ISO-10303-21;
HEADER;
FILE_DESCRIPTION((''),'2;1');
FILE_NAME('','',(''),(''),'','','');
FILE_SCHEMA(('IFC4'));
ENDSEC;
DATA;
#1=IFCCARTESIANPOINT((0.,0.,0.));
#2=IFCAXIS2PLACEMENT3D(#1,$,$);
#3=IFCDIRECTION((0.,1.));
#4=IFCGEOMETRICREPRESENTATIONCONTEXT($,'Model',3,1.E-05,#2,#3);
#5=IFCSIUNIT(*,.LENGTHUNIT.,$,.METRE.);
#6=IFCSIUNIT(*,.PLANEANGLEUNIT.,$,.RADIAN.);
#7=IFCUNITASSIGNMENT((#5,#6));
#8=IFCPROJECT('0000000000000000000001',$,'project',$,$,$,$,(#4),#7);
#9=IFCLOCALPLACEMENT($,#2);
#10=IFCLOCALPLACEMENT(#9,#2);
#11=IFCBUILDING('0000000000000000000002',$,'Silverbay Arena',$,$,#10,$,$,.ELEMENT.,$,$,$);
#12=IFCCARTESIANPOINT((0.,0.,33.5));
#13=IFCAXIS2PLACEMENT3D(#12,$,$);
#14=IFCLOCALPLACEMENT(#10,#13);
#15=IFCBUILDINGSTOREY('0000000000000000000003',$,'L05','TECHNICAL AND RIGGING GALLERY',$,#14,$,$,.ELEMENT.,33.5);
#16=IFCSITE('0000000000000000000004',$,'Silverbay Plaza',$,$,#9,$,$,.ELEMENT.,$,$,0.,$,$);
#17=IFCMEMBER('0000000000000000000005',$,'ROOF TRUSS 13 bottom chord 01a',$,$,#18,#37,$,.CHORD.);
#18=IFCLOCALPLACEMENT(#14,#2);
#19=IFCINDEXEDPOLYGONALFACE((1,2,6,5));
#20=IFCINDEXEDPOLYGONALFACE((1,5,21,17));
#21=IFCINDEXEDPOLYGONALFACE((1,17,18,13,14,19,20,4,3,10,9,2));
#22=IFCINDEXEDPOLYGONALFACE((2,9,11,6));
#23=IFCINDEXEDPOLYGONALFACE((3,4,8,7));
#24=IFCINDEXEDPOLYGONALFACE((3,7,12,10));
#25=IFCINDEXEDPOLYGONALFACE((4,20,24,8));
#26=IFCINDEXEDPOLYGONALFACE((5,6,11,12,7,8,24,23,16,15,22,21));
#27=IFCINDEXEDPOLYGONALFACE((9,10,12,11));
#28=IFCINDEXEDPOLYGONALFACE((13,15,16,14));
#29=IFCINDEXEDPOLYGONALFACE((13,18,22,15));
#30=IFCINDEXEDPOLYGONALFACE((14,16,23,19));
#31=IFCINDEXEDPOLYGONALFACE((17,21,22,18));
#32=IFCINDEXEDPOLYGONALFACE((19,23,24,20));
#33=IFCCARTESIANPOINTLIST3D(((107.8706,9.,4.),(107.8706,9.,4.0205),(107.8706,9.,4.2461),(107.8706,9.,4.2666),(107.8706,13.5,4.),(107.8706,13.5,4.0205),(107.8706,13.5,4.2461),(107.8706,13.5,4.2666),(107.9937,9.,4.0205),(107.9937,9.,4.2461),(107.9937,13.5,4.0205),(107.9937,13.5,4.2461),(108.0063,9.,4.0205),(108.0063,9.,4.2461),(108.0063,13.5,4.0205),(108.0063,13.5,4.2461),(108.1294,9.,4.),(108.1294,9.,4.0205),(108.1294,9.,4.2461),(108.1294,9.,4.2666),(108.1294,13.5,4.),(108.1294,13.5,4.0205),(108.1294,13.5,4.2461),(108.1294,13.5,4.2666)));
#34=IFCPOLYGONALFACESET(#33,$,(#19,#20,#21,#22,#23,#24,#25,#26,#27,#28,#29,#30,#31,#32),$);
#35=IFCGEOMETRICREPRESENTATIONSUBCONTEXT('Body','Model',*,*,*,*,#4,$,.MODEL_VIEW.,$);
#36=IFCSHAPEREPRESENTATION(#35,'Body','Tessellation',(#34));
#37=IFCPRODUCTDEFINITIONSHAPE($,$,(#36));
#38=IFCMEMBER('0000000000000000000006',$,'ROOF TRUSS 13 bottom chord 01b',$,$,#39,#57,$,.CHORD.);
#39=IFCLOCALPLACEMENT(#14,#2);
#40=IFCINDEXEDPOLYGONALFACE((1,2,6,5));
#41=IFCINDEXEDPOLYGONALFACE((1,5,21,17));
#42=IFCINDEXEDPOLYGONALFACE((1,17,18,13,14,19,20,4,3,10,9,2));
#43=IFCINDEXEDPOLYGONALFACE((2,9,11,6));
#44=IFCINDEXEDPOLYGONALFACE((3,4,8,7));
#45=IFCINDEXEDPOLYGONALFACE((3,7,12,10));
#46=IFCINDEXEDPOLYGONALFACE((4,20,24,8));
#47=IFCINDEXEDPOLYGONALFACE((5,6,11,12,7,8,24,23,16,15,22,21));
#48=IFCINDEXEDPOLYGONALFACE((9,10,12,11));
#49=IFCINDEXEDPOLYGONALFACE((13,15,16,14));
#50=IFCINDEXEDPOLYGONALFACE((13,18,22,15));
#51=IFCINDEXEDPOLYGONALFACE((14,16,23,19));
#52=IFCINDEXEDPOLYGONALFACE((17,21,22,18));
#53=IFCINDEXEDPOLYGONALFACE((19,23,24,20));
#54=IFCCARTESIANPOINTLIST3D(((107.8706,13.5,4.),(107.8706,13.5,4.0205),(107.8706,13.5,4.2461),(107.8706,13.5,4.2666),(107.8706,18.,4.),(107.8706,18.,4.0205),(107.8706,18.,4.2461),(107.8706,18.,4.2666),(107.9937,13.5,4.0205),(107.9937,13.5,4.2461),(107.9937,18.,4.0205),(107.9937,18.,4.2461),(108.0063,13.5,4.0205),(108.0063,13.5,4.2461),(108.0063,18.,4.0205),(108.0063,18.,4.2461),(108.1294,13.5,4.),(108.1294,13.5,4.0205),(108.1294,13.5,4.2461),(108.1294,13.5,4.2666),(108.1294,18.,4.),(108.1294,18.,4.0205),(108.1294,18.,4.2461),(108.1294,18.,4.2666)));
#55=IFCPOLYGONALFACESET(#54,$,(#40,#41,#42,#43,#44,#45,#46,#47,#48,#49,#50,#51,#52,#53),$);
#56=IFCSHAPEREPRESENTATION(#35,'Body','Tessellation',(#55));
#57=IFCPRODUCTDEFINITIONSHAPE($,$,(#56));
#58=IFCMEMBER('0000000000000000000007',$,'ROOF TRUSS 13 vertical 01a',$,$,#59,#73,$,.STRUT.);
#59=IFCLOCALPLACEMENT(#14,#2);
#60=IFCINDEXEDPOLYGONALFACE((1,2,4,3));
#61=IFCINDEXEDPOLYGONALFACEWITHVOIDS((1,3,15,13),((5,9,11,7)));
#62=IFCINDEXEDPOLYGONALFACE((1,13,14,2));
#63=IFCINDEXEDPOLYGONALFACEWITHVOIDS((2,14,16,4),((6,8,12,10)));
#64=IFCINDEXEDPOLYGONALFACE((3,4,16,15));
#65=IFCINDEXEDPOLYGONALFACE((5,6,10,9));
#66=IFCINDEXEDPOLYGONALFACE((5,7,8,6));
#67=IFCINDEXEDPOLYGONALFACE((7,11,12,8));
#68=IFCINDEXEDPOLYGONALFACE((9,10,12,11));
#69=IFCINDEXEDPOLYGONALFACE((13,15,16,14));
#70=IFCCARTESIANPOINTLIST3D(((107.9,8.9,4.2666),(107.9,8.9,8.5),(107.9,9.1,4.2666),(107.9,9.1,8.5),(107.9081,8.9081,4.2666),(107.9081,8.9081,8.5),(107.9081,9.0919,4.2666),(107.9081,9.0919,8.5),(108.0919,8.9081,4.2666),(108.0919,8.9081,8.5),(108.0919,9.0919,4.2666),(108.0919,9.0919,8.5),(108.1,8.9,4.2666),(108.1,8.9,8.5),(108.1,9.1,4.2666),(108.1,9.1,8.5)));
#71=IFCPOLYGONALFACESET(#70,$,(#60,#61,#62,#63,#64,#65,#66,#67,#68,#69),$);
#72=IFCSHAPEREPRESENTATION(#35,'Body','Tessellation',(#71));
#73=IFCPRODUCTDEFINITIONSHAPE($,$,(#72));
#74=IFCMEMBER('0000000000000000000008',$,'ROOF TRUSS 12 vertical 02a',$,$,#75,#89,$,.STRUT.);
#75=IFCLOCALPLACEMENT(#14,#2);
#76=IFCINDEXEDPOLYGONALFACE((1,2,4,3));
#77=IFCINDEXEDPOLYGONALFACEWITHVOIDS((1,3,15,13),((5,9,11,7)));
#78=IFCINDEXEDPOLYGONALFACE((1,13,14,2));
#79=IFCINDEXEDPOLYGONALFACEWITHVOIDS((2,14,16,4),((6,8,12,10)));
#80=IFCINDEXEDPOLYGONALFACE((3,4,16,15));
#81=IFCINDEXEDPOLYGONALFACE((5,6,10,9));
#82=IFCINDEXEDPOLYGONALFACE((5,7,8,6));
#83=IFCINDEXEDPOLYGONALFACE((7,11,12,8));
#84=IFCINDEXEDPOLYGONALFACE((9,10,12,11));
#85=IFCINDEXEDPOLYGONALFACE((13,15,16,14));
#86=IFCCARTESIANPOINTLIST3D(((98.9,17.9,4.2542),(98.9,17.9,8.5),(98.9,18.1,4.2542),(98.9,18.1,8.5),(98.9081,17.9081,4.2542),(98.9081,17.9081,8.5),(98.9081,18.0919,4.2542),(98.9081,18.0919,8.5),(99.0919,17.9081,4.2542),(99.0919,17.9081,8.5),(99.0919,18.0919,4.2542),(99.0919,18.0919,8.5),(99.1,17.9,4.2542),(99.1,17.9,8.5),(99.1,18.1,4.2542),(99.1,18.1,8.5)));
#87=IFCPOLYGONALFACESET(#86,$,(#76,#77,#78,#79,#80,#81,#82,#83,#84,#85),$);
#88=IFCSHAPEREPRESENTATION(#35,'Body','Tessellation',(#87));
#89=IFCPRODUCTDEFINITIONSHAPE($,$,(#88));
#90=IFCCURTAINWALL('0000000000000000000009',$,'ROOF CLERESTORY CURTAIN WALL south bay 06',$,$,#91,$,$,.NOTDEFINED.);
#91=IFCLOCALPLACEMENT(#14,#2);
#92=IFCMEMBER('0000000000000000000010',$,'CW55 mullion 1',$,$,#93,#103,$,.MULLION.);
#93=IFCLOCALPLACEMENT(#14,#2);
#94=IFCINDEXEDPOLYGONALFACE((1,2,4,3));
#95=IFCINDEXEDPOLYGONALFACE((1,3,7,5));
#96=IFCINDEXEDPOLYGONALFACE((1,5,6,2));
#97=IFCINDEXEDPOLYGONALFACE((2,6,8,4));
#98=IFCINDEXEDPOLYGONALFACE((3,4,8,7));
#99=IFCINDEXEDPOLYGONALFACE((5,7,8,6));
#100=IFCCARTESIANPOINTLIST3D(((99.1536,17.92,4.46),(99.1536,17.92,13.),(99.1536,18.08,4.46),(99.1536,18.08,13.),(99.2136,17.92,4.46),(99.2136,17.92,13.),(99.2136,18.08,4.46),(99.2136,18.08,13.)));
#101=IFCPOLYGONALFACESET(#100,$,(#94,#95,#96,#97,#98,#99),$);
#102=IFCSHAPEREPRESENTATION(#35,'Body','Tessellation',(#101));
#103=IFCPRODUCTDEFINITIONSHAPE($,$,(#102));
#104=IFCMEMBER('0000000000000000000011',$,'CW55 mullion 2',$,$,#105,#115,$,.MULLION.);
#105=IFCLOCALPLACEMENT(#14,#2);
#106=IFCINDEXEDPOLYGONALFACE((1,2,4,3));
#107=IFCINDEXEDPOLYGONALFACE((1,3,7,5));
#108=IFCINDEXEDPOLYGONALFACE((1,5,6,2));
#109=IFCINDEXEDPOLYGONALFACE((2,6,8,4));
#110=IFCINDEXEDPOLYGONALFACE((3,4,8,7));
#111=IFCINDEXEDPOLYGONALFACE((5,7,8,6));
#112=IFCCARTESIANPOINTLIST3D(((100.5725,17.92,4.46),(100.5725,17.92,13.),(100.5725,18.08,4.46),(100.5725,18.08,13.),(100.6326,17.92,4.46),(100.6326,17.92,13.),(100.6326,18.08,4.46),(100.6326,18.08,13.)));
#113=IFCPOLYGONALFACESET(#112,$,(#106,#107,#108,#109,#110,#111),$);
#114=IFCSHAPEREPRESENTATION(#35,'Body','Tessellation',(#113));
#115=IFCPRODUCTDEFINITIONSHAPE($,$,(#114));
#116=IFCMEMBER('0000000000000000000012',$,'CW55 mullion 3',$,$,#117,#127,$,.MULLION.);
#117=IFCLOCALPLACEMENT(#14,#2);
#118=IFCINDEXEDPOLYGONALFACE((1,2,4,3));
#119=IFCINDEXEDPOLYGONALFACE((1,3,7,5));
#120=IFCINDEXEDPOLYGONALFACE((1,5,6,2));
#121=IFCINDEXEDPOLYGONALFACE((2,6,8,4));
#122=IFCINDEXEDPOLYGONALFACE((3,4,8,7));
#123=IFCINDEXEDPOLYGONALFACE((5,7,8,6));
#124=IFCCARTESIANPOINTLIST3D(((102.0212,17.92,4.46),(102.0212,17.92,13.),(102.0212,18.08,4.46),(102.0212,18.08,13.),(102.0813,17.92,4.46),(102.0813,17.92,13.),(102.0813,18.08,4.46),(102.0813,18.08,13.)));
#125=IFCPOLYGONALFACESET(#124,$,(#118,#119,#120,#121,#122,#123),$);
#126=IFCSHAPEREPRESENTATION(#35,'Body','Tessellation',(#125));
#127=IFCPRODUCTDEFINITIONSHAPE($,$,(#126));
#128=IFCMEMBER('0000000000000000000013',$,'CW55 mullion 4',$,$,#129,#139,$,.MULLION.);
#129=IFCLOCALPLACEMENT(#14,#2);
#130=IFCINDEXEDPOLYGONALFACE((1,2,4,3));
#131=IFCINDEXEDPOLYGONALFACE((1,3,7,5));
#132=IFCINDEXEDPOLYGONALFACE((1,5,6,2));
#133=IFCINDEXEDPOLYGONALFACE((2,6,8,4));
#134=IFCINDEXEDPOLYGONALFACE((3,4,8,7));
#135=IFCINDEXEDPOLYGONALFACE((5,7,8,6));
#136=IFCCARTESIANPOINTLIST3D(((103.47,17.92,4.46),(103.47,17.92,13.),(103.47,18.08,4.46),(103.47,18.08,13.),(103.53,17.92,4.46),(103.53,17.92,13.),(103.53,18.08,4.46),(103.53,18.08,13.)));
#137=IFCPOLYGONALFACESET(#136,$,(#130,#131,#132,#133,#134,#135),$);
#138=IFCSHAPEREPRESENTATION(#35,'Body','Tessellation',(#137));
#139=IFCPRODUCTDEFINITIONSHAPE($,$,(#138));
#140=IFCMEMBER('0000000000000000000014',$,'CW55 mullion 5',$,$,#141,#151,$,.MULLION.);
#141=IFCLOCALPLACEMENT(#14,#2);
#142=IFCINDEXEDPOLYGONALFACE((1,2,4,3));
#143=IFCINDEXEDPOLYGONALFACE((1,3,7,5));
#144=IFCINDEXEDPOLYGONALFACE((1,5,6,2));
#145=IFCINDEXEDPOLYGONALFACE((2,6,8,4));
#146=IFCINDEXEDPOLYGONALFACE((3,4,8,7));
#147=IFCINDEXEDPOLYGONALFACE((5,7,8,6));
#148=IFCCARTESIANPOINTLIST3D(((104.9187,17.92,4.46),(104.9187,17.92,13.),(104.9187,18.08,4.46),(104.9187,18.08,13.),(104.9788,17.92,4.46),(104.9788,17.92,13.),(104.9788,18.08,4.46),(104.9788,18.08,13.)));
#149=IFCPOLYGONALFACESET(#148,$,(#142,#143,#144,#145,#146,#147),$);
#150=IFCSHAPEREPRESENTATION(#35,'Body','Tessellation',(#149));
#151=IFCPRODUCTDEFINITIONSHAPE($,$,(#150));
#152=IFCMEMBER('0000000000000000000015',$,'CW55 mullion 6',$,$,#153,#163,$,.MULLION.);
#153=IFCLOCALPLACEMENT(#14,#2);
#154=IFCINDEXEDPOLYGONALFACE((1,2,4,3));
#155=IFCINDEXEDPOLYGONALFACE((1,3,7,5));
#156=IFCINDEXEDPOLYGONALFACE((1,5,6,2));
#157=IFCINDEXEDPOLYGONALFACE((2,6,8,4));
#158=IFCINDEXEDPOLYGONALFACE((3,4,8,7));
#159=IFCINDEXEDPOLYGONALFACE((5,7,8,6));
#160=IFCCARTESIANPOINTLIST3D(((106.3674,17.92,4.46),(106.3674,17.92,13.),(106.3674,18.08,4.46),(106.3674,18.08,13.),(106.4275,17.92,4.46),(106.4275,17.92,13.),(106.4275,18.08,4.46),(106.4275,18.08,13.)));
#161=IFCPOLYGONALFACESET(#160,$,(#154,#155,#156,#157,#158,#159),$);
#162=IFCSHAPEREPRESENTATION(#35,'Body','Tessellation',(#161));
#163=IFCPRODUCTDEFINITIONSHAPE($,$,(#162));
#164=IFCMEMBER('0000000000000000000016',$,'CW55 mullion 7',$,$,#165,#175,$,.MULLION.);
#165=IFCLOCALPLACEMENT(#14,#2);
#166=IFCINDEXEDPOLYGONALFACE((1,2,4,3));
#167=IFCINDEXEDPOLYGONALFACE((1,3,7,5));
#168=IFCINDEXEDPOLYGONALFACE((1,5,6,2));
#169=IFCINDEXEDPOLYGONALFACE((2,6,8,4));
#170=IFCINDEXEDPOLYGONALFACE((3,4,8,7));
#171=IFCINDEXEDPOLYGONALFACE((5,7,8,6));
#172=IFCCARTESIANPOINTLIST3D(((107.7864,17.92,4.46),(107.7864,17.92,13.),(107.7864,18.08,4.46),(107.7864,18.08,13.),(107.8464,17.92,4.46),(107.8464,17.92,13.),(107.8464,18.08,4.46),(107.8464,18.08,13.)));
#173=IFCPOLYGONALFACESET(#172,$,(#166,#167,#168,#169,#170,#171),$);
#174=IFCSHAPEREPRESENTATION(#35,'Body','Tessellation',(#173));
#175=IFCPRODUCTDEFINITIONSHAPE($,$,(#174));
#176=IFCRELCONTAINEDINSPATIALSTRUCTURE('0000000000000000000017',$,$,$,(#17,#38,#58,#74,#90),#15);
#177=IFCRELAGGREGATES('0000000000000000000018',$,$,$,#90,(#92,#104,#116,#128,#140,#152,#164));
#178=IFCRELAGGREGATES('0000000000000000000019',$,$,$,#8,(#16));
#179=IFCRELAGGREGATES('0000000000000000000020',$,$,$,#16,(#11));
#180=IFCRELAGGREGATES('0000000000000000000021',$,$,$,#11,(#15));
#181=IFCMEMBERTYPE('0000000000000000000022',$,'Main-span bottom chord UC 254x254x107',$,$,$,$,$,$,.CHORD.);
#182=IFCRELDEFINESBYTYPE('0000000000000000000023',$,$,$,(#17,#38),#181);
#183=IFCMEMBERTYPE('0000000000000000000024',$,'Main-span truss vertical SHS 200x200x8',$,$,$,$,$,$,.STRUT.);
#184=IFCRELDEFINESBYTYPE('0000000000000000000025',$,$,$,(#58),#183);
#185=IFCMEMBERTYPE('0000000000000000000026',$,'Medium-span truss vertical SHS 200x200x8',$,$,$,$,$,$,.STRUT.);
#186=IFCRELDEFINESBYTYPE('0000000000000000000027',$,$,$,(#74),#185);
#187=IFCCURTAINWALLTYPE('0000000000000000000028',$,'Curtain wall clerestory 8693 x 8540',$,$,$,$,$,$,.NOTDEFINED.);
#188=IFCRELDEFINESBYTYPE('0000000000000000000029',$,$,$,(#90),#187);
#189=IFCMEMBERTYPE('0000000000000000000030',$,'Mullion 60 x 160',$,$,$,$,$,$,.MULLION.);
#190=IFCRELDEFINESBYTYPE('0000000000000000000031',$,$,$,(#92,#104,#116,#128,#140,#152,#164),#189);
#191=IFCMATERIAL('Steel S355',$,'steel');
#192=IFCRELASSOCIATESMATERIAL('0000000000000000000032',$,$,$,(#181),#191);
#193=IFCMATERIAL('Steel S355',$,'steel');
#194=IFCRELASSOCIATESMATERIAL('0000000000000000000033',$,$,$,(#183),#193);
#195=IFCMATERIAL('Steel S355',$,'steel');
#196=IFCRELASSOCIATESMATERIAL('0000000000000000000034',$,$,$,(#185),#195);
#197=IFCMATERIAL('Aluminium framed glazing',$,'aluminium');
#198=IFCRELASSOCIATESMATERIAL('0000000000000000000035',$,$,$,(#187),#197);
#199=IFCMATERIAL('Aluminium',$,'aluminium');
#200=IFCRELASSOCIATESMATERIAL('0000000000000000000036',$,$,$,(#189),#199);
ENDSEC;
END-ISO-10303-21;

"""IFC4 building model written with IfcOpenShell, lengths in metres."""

from ifc_helpers import new_model, si_unit, direction, frame, origin, origin_2d, place, context, subcontext, project, spatial, rectangle, hollow_rectangle, i_section, extrude, material, material_profile, profile_set, type_object, element, aggregate, save


model = new_model("IFC4")

# Units and contexts
model_context = context("Model", 3, precision=1e-05, world=origin(), true_north=direction((0.0, 1.0)))
body_context = subcontext(model_context, "Body", "Model", "MODEL_VIEW")
ifc_project = project(units=[si_unit("LENGTHUNIT", "METRE"), si_unit("PLANEANGLEUNIT", "RADIAN")], contexts=[model_context])

# Site, building, storey
site_placement = place(None, origin())
site = spatial("IfcSite", under=ifc_project, at=site_placement, Name="Silverbay Plaza", CompositionType="ELEMENT", RefElevation=0.0)
building_placement = place(site_placement, origin())
building = spatial("IfcBuilding", under=site, at=building_placement, Name="Silverbay Arena", CompositionType="ELEMENT")
storey_placement = place(building_placement, frame((0.0, 0.0, 33.5)))
storey = spatial("IfcBuildingStorey", under=building, at=storey_placement, Name="L05", Description="TECHNICAL AND RIGGING GALLERY", CompositionType="ELEMENT", Elevation=33.5)

# Members
ifc_material_1 = material(Name="Steel S355", Category="steel")
ifc_material_profile_1 = material_profile(ifc_material_1, i_section(OverallWidth=0.2588, OverallDepth=0.2666, WebThickness=0.0127, FlangeThickness=0.0205, at=origin_2d()), Name="UC 254x254x107")
ifc_profile_set_1 = profile_set([ifc_material_profile_1], Name="Steel S355")
member_type_1 = type_object("IfcMemberType", Name="Main-span bottom chord UC 254x254x107", PredefinedType="CHORD", material=ifc_profile_set_1)
for number, where, z_axis, x_axis, name in (
    (1, (108.0, 9.0, 4.1333), (0.0, 1.0, 0.0), (-1.0, 0.0, 0.0), "ROOF TRUSS 13 bottom chord 01a"),
    (2, (108.0, 13.5, 4.1333), (0.0, 1.0, 0.0), (-1.0, 0.0, 0.0), "ROOF TRUSS 13 bottom chord 01b"),
):
    element("IfcMember", number, at=place(storey_placement, frame(where, z_axis=z_axis, x_axis=x_axis)), inside=storey, type_object=member_type_1, Name=name, PredefinedType="CHORD", context=body_context, shape_type="SweptSolid", body=[
        extrude(i_section(OverallWidth=0.2588, OverallDepth=0.2666, WebThickness=0.0127, FlangeThickness=0.0205, at=origin_2d()), origin(), (0.0, 0.0, 1.0), 4.5),
    ])
ifc_material_2 = material(Name="Steel S355", Category="steel")
ifc_material_profile_2 = material_profile(ifc_material_2, hollow_rectangle(XDim=0.2, YDim=0.2, WallThickness=0.0081, at=origin_2d()), Name="SHS 200x200x8")
ifc_profile_set_2 = profile_set([ifc_material_profile_2], Name="Steel S355")
member_type_2 = type_object("IfcMemberType", Name="Main-span truss vertical SHS 200x200x8", PredefinedType="STRUT", material=ifc_profile_set_2)
member_1_placement = place(storey_placement, frame((108.0, 9.0, 4.2666), z_axis=(0.0, 0.0, 1.0), x_axis=(1.0, 0.0, 0.0)))
element("IfcMember", 3, at=member_1_placement, inside=storey, type_object=member_type_2, Name="ROOF TRUSS 13 vertical 01a", PredefinedType="STRUT", context=body_context, shape_type="SweptSolid", body=[
    extrude(hollow_rectangle(XDim=0.2, YDim=0.2, WallThickness=0.0081, at=origin_2d()), origin(), (0.0, 0.0, 1.0), 4.2334),
])
ifc_material_3 = material(Name="Steel S355", Category="steel")
ifc_material_profile_3 = material_profile(ifc_material_3, hollow_rectangle(XDim=0.2, YDim=0.2, WallThickness=0.0081, at=origin_2d()), Name="SHS 200x200x8")
ifc_profile_set_3 = profile_set([ifc_material_profile_3], Name="Steel S355")
member_type_3 = type_object("IfcMemberType", Name="Medium-span truss vertical SHS 200x200x8", PredefinedType="STRUT", material=ifc_profile_set_3)
member_2_placement = place(storey_placement, frame((99.0, 18.0, 4.2542), z_axis=(0.0, 0.0, 1.0), x_axis=(1.0, 0.0, 0.0)))
element("IfcMember", 4, at=member_2_placement, inside=storey, type_object=member_type_3, Name="ROOF TRUSS 12 vertical 02a", PredefinedType="STRUT", context=body_context, shape_type="SweptSolid", body=[
    extrude(hollow_rectangle(XDim=0.2, YDim=0.2, WallThickness=0.0081, at=origin_2d()), origin(), (0.0, 0.0, 1.0), 4.2458),
])

# Curtain wall, members
ifc_material_4 = material(Name="Aluminium framed glazing", Category="aluminium")
curtain_wall_type = type_object("IfcCurtainWallType", Name="Curtain wall clerestory 8693 x 8540", PredefinedType="NOTDEFINED", material=ifc_material_4)
curtain_wall_placement = place(storey_placement, origin())
curtain_wall = element("IfcCurtainWall", 5, at=curtain_wall_placement, inside=storey, type_object=curtain_wall_type, Name="ROOF CLERESTORY CURTAIN WALL south bay 06", PredefinedType="NOTDEFINED")
ifc_material_5 = material(Name="Aluminium", Category="aluminium")
ifc_material_profile_4 = material_profile(ifc_material_5, rectangle(XDim=0.1599, YDim=0.0601, at=origin_2d()), Name="Mullion 60 x 160")
ifc_profile_set_4 = profile_set([ifc_material_profile_4], Name="Aluminium")
member_type_4 = type_object("IfcMemberType", Name="Mullion 60 x 160", PredefinedType="MULLION", material=ifc_profile_set_4)
member_3_placement = place(storey_placement, frame((99.1836, 18.0, 4.46), z_axis=(0.0, 0.0, 1.0), x_axis=(0.0, 1.0, 0.0)))
member_3 = element("IfcMember", 6, at=member_3_placement, type_object=member_type_4, Name="CW55 mullion 1", PredefinedType="MULLION", context=body_context, shape_type="SweptSolid", body=[
    extrude(rectangle(XDim=0.1599, YDim=0.0601, at=origin_2d()), origin(), (0.0, 0.0, 1.0), 8.54),
])
member_4_placement = place(storey_placement, frame((100.6025, 18.0, 4.46), z_axis=(0.0, 0.0, 1.0), x_axis=(0.0, 1.0, 0.0)))
member_4 = element("IfcMember", 7, at=member_4_placement, type_object=member_type_4, Name="CW55 mullion 2", PredefinedType="MULLION", context=body_context, shape_type="SweptSolid", body=[
    extrude(rectangle(XDim=0.1599, YDim=0.0601, at=origin_2d()), origin(), (0.0, 0.0, 1.0), 8.54),
])
member_5_placement = place(storey_placement, frame((102.0513, 18.0, 4.46), z_axis=(0.0, 0.0, 1.0), x_axis=(0.0, 1.0, 0.0)))
member_5 = element("IfcMember", 8, at=member_5_placement, type_object=member_type_4, Name="CW55 mullion 3", PredefinedType="MULLION", context=body_context, shape_type="SweptSolid", body=[
    extrude(rectangle(XDim=0.1599, YDim=0.0601, at=origin_2d()), origin(), (0.0, 0.0, 1.0), 8.54),
])
member_6_placement = place(storey_placement, frame((103.5, 18.0, 4.46), z_axis=(0.0, 0.0, 1.0), x_axis=(0.0, 1.0, 0.0)))
member_6 = element("IfcMember", 9, at=member_6_placement, type_object=member_type_4, Name="CW55 mullion 4", PredefinedType="MULLION", context=body_context, shape_type="SweptSolid", body=[
    extrude(rectangle(XDim=0.1599, YDim=0.0601, at=origin_2d()), origin(), (0.0, 0.0, 1.0), 8.54),
])
member_7_placement = place(storey_placement, frame((104.9487, 18.0, 4.46), z_axis=(0.0, 0.0, 1.0), x_axis=(0.0, 1.0, 0.0)))
member_7 = element("IfcMember", 10, at=member_7_placement, type_object=member_type_4, Name="CW55 mullion 5", PredefinedType="MULLION", context=body_context, shape_type="SweptSolid", body=[
    extrude(rectangle(XDim=0.1599, YDim=0.0601, at=origin_2d()), origin(), (0.0, 0.0, 1.0), 8.54),
])
member_8_placement = place(storey_placement, frame((106.3975, 18.0, 4.46), z_axis=(0.0, 0.0, 1.0), x_axis=(0.0, 1.0, 0.0)))
member_8 = element("IfcMember", 11, at=member_8_placement, type_object=member_type_4, Name="CW55 mullion 6", PredefinedType="MULLION", context=body_context, shape_type="SweptSolid", body=[
    extrude(rectangle(XDim=0.1599, YDim=0.0601, at=origin_2d()), origin(), (0.0, 0.0, 1.0), 8.54),
])
member_9_placement = place(storey_placement, frame((107.8164, 18.0, 4.46), z_axis=(0.0, 0.0, 1.0), x_axis=(0.0, 1.0, 0.0)))
member_9 = element("IfcMember", 12, at=member_9_placement, type_object=member_type_4, Name="CW55 mullion 7", PredefinedType="MULLION", context=body_context, shape_type="SweptSolid", body=[
    extrude(rectangle(XDim=0.1599, YDim=0.0601, at=origin_2d()), origin(), (0.0, 0.0, 1.0), 8.54),
])

aggregate(curtain_wall, [member_3, member_4, member_5, member_6, member_7, member_8, member_9])

save(model, "model.ifc")
